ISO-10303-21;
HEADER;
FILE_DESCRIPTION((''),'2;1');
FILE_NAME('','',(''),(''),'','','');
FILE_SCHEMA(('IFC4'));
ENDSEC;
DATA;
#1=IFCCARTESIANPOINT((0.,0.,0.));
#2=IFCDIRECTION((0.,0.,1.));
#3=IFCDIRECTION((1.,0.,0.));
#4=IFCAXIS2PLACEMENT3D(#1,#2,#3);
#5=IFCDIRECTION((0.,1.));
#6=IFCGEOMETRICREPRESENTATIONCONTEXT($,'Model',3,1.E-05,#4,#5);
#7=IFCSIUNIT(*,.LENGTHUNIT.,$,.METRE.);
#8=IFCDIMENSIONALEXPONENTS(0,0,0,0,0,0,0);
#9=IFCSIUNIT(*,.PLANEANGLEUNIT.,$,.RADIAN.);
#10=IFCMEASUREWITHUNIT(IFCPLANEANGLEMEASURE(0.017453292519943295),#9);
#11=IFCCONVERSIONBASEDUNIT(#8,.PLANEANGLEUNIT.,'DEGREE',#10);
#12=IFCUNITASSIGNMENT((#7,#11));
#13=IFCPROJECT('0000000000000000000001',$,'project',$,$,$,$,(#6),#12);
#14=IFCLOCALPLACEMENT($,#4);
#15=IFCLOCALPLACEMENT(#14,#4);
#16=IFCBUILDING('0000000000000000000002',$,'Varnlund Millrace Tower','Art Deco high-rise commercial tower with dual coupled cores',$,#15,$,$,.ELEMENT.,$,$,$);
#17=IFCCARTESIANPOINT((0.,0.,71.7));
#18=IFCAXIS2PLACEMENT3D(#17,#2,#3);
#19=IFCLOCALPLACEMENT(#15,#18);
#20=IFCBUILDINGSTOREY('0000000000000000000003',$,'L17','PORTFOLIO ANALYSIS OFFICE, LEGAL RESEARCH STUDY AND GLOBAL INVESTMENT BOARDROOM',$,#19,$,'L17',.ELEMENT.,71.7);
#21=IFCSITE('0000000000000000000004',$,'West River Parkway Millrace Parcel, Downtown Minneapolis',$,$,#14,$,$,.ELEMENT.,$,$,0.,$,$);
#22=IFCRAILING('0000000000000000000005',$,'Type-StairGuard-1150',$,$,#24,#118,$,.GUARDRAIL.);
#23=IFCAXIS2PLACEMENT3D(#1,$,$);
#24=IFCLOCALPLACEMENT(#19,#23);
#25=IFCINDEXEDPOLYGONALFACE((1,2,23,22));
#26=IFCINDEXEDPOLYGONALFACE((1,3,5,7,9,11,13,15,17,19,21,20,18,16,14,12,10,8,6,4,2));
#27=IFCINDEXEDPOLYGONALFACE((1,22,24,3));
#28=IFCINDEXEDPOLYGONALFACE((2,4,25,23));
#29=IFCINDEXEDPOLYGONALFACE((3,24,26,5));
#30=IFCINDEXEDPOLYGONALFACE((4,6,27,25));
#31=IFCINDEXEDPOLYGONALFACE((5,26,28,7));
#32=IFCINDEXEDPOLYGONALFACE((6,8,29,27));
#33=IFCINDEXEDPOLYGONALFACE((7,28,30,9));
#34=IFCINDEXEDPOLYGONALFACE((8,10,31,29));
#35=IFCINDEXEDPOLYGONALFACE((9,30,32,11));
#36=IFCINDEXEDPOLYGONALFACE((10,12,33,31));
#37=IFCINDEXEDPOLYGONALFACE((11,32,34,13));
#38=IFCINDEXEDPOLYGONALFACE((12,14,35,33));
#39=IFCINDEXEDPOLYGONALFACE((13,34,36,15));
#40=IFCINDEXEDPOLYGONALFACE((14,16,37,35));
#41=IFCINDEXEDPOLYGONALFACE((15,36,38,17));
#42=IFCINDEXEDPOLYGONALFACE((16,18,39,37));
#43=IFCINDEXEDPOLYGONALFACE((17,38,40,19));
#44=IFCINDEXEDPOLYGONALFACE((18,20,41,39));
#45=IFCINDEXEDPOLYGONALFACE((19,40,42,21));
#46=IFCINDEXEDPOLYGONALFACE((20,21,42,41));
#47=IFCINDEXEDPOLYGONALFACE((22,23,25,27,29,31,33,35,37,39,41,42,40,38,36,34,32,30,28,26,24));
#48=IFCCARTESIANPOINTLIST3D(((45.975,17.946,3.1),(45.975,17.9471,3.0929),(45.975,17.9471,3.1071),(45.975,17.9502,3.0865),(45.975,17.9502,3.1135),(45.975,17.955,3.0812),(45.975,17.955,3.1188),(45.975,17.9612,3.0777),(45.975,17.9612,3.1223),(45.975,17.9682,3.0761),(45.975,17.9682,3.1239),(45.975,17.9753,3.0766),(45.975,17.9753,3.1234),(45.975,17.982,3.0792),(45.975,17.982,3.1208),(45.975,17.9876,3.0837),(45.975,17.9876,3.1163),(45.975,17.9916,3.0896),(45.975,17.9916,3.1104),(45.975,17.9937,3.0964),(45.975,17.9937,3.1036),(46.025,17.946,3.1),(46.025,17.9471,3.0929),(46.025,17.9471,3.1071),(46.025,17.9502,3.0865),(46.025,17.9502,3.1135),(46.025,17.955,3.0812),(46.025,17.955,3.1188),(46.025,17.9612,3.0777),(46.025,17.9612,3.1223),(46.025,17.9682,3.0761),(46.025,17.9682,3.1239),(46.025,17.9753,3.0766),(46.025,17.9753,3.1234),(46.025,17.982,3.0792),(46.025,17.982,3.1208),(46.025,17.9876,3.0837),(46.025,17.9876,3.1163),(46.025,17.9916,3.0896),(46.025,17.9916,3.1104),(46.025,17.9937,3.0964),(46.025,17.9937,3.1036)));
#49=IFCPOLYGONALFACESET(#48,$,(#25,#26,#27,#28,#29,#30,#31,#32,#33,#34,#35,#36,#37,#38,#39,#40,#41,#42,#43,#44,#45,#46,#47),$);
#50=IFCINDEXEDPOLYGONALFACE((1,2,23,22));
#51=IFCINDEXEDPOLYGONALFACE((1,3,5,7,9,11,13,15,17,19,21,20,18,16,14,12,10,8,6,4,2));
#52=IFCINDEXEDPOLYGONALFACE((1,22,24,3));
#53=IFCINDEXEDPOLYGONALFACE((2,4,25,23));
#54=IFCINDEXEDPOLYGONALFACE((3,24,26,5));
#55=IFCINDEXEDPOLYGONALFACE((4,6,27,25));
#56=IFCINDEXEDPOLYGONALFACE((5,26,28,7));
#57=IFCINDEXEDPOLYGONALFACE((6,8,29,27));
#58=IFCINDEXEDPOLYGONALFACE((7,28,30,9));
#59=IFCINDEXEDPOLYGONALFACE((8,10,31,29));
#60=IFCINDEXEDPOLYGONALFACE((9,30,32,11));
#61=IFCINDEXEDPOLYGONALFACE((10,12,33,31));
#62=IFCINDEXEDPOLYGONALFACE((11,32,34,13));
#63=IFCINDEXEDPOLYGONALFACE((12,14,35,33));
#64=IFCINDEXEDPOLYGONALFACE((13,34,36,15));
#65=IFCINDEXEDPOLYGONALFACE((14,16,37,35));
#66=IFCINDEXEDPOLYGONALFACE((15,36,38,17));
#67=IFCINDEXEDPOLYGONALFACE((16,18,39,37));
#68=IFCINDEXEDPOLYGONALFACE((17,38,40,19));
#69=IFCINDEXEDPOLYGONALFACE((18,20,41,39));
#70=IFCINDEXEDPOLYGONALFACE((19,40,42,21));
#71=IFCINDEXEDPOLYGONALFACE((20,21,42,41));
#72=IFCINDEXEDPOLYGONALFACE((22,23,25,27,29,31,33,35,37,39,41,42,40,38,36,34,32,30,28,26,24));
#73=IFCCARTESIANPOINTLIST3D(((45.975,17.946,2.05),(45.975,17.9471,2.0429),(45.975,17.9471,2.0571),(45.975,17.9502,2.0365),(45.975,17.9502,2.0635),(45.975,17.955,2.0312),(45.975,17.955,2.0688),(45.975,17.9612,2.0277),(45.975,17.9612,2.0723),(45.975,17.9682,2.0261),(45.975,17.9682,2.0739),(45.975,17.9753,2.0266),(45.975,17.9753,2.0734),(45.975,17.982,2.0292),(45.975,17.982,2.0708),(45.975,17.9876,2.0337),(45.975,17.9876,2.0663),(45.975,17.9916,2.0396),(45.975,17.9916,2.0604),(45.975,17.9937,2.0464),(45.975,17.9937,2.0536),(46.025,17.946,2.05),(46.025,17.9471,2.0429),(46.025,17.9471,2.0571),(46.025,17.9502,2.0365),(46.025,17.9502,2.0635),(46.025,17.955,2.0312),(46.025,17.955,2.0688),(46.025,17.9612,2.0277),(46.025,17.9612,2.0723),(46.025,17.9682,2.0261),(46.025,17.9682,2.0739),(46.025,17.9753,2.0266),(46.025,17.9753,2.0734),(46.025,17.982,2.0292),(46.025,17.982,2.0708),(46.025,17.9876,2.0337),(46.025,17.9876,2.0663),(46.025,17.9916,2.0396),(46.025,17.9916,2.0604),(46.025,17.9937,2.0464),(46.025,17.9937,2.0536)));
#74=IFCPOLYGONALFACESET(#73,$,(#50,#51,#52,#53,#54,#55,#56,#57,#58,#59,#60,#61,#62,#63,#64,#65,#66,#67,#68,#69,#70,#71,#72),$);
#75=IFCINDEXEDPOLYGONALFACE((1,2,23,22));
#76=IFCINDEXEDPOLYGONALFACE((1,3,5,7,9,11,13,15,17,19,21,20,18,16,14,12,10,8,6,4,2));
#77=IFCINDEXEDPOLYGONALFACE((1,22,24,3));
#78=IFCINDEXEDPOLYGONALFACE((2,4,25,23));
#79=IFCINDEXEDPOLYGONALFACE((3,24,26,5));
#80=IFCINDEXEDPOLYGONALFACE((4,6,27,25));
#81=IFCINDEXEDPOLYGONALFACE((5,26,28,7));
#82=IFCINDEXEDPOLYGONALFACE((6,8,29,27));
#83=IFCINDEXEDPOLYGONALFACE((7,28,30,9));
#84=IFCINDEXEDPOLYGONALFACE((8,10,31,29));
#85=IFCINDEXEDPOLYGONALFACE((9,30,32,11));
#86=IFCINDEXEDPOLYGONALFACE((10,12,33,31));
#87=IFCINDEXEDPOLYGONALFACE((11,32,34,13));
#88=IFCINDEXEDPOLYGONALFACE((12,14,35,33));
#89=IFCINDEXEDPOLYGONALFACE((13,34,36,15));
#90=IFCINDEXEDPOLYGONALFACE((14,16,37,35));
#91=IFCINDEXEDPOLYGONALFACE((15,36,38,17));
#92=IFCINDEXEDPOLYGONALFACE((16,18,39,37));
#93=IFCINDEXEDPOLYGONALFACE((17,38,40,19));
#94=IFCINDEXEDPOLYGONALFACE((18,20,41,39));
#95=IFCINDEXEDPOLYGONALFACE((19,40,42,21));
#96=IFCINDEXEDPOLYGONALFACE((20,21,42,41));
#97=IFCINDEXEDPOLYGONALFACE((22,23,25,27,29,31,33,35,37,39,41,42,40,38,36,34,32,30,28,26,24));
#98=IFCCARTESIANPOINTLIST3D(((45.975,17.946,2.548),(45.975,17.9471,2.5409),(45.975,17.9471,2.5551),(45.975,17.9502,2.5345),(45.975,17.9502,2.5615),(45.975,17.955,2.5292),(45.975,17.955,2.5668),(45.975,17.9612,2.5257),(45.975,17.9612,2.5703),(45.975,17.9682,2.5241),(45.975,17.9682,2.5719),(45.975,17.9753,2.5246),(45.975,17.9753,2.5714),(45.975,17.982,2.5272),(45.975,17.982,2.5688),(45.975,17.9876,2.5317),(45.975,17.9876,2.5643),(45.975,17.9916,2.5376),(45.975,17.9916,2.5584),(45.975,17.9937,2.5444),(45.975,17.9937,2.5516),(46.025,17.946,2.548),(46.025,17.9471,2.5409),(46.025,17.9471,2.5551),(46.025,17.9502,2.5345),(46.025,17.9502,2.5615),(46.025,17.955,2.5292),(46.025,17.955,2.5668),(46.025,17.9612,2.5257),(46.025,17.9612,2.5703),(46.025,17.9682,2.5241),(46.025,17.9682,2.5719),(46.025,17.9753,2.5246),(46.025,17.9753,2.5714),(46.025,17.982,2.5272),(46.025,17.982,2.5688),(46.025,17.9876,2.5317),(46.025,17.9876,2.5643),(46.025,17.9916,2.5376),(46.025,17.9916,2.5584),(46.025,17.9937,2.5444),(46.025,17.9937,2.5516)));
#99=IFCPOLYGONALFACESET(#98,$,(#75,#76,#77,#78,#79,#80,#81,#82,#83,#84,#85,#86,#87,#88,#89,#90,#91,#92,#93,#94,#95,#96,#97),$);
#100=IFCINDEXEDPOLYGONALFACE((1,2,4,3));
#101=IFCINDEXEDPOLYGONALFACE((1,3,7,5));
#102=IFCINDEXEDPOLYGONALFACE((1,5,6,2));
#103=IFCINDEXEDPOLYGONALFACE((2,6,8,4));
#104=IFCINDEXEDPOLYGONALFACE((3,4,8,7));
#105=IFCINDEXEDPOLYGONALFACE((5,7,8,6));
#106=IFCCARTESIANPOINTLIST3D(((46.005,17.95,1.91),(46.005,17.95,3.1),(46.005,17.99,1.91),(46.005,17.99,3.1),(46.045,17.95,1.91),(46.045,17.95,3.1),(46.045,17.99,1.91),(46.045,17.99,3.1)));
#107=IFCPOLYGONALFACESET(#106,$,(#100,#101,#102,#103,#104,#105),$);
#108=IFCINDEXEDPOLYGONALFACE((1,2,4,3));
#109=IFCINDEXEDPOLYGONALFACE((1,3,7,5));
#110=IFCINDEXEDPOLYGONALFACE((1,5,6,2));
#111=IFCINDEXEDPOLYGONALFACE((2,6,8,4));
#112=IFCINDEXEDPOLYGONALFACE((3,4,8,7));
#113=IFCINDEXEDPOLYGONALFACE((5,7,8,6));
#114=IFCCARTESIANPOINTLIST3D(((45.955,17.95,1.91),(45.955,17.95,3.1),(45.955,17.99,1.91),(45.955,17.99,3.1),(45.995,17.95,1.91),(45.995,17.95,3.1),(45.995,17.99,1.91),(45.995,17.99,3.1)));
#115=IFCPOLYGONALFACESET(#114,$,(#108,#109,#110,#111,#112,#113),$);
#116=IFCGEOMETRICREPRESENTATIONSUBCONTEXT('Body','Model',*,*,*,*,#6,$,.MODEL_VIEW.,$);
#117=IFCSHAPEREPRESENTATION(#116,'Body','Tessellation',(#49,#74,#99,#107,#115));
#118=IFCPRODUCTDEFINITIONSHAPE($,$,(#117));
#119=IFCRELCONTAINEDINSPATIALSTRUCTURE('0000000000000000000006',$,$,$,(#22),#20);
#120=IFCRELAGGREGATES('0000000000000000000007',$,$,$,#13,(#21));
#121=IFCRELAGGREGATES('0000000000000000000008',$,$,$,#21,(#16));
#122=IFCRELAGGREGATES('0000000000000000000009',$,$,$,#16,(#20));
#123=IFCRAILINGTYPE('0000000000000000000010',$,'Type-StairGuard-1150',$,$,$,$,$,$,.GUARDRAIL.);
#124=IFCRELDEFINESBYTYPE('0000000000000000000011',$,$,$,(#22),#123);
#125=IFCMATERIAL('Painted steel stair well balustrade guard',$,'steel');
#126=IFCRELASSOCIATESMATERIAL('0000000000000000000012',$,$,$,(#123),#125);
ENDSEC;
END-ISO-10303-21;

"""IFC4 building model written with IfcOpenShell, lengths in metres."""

from ifc_helpers import new_model, entity, si_unit, converted_unit, direction, frame, origin_with_axes, origin_2d_with_axis, place, context, subcontext, project, spatial, rectangle, circle, extrude, material, type_object, element, save


model = new_model("IFC4")

# Units and contexts
model_context = context("Model", 3, precision=1e-05, world=origin_with_axes(), true_north=direction((0.0, 1.0)))
body_context = subcontext(model_context, "Body", "Model", "MODEL_VIEW")
ifc_project = project(units=[si_unit("LENGTHUNIT", "METRE"), converted_unit("PLANEANGLEUNIT", "DEGREE", entity("IfcPlaneAngleMeasure", 0.017453292519943295), si_unit("PLANEANGLEUNIT", "RADIAN"), dimensions=[0, 0, 0, 0, 0, 0, 0])], contexts=[model_context])

# Site, building, storey
site_placement = place(None, origin_with_axes())
site = spatial("IfcSite", under=ifc_project, at=site_placement, Name="West River Parkway Millrace Parcel, Downtown Minneapolis", CompositionType="ELEMENT", RefElevation=0.0)
building_placement = place(site_placement, origin_with_axes())
building = spatial("IfcBuilding", under=site, at=building_placement, Name="Varnlund Millrace Tower", Description="Art Deco high-rise commercial tower with dual coupled cores", CompositionType="ELEMENT")
storey_placement = place(building_placement, frame((0.0, 0.0, 71.7), z_axis=(0.0, 0.0, 1.0), x_axis=(1.0, 0.0, 0.0)))
storey = spatial("IfcBuildingStorey", under=building, at=storey_placement, Name="L17", Description="PORTFOLIO ANALYSIS OFFICE, LEGAL RESEARCH STUDY AND GLOBAL INVESTMENT BOARDROOM", LongName="L17", CompositionType="ELEMENT", Elevation=71.7)

# Railing
ifc_material_1 = material(Name="Painted steel stair well balustrade guard", Category="steel")
railing_type_1 = type_object("IfcRailingType", Name="Type-StairGuard-1150", PredefinedType="GUARDRAIL", material=ifc_material_1)
railing_1_placement = place(storey_placement, frame((0.0, 0.0, -71.7), z_axis=(0.0, 0.0, 1.0), x_axis=(1.0, 0.0, 0.0)))
element("IfcRailing", 1, at=railing_1_placement, inside=storey, type_object=railing_type_1, Name="Type-StairGuard-1150", PredefinedType="GUARDRAIL", context=body_context, shape_type="SweptSolid", body=[
    extrude(circle(Radius=0.024, at=origin_2d_with_axis()), frame((46.025, 17.97, 74.8), z_axis=(-1.0, 0.0, 0.0), x_axis=(0.0, -1.0, 0.0)), (0.0, 0.0, 1.0), 0.05),
    extrude(circle(Radius=0.024, at=origin_2d_with_axis()), frame((46.025, 17.97, 73.75), z_axis=(-1.0, 0.0, 0.0), x_axis=(0.0, -1.0, 0.0)), (0.0, 0.0, 1.0), 0.05),
    extrude(circle(Radius=0.024, at=origin_2d_with_axis()), frame((46.025, 17.97, 74.248), z_axis=(-1.0, 0.0, 0.0), x_axis=(0.0, -1.0, 0.0)), (0.0, 0.0, 1.0), 0.05),
    extrude(rectangle(XDim=0.04, YDim=0.04, at=origin_2d_with_axis()), frame((46.025, 17.97, 73.61), z_axis=(0.0, 0.0, 1.0), x_axis=(1.0, 0.0, 0.0)), (0.0, 0.0, 1.0), 1.19),
    extrude(rectangle(XDim=0.04, YDim=0.04, at=origin_2d_with_axis()), frame((45.975, 17.97, 73.61), z_axis=(0.0, 0.0, 1.0), x_axis=(1.0, 0.0, 0.0)), (0.0, 0.0, 1.0), 1.19),
])

save(model, "model.ifc")
